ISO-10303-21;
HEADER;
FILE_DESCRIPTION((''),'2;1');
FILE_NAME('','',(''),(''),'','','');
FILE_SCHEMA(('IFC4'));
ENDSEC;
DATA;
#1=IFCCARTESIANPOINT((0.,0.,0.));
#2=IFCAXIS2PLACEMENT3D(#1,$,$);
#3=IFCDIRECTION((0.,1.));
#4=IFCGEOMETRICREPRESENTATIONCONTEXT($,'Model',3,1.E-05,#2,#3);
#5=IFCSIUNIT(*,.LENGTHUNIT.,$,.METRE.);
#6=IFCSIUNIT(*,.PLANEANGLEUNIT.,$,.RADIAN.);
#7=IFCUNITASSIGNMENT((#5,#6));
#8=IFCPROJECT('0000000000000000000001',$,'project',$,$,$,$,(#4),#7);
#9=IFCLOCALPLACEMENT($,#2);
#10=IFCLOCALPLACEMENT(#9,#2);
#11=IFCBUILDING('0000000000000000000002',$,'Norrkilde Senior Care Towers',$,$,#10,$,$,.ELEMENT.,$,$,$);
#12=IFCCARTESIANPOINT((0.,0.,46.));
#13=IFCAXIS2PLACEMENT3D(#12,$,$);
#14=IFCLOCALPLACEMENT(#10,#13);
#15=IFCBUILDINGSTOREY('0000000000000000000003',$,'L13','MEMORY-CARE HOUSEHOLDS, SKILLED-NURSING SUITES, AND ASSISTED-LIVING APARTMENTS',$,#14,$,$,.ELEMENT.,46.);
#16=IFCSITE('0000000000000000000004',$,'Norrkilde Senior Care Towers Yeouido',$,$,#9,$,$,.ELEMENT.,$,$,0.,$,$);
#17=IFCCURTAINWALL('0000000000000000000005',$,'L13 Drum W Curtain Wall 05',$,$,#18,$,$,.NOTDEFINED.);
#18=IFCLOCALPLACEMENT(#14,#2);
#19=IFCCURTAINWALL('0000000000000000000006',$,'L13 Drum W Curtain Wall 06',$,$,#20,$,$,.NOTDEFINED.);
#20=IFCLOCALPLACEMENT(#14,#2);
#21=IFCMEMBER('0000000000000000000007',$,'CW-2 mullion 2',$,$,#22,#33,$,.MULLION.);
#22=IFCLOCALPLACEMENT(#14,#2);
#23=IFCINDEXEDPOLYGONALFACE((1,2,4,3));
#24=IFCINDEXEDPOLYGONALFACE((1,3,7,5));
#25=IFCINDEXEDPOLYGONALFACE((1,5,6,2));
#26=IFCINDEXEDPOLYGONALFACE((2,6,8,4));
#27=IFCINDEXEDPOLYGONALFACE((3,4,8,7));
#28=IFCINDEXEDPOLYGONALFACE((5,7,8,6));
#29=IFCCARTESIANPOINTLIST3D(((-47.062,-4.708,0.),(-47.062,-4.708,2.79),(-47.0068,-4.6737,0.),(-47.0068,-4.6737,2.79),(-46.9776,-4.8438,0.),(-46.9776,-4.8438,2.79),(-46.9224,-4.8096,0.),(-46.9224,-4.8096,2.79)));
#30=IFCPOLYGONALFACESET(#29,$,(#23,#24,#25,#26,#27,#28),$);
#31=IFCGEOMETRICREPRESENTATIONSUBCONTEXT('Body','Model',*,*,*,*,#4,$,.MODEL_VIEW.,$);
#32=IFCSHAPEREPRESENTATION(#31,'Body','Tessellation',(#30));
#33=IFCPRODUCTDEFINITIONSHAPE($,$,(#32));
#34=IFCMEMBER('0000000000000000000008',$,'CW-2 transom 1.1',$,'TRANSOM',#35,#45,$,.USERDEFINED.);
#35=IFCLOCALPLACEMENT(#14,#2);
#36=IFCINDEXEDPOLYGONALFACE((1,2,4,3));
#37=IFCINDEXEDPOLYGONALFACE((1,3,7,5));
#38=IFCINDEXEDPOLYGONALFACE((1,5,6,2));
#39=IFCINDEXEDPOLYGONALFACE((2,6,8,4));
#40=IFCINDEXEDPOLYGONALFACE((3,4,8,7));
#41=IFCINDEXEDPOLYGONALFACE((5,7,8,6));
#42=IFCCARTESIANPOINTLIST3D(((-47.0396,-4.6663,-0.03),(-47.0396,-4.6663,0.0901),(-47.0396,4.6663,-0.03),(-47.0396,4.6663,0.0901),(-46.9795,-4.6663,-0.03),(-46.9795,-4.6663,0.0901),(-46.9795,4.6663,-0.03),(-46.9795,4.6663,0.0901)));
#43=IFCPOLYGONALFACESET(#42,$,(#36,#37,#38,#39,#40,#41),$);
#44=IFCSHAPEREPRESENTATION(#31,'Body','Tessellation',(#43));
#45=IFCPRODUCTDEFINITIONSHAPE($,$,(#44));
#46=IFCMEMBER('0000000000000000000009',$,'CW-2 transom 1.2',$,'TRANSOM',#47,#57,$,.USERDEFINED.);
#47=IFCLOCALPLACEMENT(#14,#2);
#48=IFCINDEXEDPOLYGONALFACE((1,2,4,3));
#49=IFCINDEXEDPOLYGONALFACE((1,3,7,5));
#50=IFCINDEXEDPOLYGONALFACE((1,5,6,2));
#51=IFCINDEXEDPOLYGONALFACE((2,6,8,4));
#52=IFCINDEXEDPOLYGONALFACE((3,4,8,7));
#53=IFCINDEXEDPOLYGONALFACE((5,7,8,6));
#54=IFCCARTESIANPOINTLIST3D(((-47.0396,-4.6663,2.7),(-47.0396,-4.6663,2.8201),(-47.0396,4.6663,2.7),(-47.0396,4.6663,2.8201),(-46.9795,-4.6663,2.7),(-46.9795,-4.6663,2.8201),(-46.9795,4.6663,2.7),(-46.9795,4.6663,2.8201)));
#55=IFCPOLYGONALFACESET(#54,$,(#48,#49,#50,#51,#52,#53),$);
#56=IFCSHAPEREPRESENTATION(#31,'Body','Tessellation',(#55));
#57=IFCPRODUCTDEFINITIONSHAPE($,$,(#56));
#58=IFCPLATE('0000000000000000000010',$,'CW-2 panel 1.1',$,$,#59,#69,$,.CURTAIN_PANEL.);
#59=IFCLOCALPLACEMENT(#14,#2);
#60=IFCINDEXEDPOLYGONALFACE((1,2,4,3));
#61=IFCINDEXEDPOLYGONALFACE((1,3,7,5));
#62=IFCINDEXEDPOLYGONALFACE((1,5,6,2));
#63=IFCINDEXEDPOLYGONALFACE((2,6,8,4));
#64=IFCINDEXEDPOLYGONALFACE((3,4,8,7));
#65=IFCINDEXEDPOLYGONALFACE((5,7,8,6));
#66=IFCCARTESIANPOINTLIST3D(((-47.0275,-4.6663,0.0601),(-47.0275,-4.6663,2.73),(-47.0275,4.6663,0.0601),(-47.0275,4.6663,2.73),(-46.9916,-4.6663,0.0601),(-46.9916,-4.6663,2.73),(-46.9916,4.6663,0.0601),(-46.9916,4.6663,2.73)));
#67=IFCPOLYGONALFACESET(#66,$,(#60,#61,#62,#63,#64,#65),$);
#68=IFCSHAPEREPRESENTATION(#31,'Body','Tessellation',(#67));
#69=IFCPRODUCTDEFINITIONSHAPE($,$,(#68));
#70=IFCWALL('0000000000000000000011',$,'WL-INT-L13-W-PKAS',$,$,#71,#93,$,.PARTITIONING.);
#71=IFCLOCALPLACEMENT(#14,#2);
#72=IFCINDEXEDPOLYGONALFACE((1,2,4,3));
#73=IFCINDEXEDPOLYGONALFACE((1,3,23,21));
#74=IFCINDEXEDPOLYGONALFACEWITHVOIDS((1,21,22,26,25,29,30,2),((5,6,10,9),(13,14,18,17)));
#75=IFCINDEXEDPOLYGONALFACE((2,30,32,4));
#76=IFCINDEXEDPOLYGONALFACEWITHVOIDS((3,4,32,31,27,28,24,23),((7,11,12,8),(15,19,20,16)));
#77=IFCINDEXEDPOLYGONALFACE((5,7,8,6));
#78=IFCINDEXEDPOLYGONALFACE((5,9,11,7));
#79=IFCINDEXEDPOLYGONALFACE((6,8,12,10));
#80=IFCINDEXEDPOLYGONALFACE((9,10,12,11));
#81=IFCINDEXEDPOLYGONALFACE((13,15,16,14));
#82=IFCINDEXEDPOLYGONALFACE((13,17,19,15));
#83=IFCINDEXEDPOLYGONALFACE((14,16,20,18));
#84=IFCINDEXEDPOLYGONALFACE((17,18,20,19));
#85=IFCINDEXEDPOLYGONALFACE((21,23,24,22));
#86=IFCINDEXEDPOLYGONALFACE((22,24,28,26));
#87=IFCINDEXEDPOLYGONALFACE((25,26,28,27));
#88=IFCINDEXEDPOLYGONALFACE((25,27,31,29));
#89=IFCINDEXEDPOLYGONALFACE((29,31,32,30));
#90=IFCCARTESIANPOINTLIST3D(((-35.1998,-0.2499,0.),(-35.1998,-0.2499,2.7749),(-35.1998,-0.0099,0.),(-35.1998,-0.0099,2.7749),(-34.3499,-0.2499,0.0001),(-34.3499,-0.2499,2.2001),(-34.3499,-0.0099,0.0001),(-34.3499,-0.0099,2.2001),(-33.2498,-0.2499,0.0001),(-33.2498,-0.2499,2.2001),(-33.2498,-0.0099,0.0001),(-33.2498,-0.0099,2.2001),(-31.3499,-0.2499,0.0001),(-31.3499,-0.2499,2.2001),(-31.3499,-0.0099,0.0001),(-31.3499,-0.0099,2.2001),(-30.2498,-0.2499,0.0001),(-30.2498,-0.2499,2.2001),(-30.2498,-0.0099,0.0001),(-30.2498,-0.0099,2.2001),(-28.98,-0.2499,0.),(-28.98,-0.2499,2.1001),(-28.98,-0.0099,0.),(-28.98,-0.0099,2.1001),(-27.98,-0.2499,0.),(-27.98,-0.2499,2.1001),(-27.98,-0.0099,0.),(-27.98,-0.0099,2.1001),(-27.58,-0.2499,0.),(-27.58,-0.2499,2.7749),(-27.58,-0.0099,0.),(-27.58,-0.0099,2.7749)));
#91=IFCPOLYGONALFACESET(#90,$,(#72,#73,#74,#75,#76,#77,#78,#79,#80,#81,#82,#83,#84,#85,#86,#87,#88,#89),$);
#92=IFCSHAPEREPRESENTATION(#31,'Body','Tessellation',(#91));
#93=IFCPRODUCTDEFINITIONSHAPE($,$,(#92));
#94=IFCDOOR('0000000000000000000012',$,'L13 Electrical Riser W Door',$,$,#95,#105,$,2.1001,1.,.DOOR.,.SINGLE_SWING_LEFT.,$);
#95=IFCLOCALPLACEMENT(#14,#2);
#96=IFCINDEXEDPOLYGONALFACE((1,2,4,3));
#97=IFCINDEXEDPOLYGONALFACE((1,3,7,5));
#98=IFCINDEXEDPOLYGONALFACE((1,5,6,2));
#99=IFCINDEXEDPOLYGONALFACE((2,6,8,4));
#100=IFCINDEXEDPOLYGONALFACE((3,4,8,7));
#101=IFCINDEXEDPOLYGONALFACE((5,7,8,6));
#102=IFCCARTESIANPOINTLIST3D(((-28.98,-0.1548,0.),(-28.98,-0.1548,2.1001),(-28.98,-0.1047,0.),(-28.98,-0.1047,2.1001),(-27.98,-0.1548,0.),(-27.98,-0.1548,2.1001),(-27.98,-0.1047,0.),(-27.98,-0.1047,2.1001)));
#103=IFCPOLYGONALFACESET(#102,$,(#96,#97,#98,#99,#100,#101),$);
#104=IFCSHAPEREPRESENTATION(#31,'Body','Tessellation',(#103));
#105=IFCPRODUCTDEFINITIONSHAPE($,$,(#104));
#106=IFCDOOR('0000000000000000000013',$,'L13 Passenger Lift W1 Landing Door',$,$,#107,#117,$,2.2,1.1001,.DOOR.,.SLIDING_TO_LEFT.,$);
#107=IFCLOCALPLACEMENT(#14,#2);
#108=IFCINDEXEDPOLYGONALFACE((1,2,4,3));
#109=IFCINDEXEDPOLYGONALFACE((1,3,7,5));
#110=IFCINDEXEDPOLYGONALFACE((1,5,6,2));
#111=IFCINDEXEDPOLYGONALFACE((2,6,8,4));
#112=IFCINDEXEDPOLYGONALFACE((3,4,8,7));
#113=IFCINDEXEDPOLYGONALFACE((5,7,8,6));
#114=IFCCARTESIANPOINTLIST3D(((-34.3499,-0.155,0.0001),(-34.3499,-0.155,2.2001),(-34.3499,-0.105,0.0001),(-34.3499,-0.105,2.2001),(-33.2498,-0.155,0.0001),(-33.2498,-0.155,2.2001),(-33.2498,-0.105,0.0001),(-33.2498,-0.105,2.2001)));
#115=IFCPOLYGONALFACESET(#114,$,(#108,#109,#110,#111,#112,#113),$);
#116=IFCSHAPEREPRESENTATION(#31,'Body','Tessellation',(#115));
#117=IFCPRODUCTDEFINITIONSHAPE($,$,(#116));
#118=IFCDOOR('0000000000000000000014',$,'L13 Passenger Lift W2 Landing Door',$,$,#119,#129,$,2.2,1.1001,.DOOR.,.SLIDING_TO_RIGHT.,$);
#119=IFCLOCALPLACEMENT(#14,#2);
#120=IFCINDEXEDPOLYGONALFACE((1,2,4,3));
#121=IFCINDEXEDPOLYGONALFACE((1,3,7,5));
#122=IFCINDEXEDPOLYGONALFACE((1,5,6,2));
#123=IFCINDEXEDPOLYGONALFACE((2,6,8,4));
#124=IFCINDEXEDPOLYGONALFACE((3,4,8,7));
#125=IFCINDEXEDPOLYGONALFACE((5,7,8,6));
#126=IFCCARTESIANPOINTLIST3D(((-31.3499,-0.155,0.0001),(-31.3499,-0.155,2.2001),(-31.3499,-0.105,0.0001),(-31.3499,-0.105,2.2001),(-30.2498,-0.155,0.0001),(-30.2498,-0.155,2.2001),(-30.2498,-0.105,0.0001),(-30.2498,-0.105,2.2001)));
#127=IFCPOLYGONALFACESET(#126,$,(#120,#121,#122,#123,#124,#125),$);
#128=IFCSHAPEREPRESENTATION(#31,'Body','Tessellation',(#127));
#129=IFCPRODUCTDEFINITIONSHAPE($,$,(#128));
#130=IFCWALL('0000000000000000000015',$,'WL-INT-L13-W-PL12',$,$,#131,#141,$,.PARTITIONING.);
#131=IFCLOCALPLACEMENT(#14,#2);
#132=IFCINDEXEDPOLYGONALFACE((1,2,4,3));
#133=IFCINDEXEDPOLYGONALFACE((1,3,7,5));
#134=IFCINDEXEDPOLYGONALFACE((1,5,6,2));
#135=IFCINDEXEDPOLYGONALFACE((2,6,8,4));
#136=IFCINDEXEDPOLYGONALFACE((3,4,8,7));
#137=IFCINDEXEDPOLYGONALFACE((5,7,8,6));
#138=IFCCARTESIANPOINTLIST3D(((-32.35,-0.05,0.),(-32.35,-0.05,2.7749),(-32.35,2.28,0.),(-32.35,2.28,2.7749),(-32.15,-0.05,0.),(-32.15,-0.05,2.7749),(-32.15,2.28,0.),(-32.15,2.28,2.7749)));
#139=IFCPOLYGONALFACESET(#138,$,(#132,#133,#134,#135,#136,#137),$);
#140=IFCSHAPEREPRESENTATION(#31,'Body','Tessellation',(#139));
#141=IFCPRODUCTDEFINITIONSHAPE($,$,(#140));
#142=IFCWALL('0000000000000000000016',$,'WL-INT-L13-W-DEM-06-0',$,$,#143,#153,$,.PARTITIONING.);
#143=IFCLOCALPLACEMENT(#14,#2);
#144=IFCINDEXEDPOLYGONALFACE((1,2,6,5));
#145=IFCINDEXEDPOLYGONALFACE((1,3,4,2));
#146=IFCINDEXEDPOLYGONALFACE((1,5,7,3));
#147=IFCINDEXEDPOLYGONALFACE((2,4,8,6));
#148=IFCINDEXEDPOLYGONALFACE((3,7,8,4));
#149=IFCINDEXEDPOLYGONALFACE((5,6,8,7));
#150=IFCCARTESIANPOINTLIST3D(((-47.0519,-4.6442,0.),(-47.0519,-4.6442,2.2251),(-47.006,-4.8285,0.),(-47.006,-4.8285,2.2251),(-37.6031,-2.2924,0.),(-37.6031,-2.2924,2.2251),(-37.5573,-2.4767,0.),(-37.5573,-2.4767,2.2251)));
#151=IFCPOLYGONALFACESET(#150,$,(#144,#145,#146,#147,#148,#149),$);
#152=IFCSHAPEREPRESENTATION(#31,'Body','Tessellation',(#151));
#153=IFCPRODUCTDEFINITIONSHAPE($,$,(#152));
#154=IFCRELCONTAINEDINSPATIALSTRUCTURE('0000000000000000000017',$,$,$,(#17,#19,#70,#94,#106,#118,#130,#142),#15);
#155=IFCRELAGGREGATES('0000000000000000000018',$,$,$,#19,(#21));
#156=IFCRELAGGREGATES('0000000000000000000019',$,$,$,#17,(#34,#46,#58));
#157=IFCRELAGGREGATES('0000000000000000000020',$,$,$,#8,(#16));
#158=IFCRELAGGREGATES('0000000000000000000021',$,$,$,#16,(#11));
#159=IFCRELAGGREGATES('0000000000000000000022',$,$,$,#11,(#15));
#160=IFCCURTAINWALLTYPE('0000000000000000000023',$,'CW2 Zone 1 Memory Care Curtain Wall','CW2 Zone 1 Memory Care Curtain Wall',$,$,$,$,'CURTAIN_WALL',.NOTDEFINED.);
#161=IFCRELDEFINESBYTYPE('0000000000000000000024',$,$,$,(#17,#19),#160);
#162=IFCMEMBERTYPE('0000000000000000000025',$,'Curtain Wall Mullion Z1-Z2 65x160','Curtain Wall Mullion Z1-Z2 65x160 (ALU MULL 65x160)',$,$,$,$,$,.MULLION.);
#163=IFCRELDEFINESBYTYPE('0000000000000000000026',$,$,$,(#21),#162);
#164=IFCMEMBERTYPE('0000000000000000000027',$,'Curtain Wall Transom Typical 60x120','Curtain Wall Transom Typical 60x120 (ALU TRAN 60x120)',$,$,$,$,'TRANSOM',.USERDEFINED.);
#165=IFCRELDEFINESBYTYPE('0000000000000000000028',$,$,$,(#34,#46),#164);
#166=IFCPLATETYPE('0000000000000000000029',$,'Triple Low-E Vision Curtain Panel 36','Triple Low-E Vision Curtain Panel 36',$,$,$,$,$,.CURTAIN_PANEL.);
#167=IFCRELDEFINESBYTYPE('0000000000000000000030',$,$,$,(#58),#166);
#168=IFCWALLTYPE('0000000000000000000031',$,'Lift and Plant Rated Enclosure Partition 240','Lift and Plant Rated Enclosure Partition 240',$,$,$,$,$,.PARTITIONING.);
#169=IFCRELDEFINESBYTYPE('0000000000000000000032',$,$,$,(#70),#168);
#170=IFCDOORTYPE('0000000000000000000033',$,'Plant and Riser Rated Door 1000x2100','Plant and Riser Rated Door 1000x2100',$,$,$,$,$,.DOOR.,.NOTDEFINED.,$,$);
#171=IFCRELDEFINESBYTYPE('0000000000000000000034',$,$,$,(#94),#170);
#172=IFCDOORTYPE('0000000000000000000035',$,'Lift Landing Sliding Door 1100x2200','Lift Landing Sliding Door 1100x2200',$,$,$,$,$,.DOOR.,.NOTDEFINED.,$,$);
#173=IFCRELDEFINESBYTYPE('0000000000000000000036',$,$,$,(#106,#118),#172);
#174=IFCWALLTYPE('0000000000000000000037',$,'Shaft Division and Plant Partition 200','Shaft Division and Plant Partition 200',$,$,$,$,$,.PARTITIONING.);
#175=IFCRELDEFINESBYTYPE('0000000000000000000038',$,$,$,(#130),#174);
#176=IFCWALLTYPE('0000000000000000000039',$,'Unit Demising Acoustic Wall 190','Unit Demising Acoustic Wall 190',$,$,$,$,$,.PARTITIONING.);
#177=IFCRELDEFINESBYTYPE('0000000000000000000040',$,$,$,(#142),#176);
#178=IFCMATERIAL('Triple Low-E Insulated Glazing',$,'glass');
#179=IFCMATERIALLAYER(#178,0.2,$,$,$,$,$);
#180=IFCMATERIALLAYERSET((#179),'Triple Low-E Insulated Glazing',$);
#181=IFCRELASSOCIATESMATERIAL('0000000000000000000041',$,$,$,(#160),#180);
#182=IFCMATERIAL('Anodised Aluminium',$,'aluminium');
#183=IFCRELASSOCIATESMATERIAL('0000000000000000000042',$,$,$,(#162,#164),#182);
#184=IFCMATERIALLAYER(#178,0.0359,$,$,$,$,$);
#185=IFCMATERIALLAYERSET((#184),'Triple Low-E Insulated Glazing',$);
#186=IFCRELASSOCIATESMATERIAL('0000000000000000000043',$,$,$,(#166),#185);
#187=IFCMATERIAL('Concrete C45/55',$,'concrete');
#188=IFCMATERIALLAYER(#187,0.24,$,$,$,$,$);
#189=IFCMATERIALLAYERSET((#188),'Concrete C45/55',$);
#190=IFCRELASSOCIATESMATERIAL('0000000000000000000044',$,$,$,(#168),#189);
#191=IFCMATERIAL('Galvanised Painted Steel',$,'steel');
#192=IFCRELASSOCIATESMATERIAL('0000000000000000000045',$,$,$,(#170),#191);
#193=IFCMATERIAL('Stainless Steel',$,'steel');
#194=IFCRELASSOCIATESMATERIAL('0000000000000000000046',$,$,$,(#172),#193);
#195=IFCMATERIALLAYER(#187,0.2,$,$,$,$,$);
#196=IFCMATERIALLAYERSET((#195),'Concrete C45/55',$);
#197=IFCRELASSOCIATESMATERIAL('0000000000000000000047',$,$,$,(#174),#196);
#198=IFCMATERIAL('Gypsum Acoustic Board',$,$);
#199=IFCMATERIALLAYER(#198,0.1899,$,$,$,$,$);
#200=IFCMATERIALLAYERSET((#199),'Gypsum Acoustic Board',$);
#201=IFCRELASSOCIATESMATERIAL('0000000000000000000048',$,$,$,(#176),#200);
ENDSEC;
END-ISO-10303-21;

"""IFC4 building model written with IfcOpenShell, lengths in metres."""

from ifc_helpers import new_model, si_unit, direction, frame, frame_2d, origin, origin_2d, place, context, subcontext, project, spatial, rectangle, extrude, source, transform, mapped, material, layer, layer_set, material_profile, profile_set, type_object, type_shapes, element, fill, aggregate, save


model = new_model("IFC4")

# Units and contexts
model_context = context("Model", 3, precision=1e-05, world=origin(), true_north=direction((0.0, 1.0)))
body_context = subcontext(model_context, "Body", "Model", "MODEL_VIEW")
ifc_project = project(units=[si_unit("LENGTHUNIT", "METRE"), si_unit("PLANEANGLEUNIT", "RADIAN")], contexts=[model_context])

# Site, building, storey
site_placement = place(None, origin())
site = spatial("IfcSite", under=ifc_project, at=site_placement, Name="Norrkilde Senior Care Towers Yeouido", CompositionType="ELEMENT", RefElevation=0.0)
building_placement = place(site_placement, origin())
building = spatial("IfcBuilding", under=site, at=building_placement, Name="Norrkilde Senior Care Towers", CompositionType="ELEMENT")
storey_placement = place(building_placement, frame((0.0, 0.0, 46.0)))
storey = spatial("IfcBuildingStorey", under=building, at=storey_placement, Name="L13", Description="MEMORY-CARE HOUSEHOLDS, SKILLED-NURSING SUITES, AND ASSISTED-LIVING APARTMENTS", CompositionType="ELEMENT", Elevation=46.0)

# Curtain walls, member
ifc_material_1 = material(Name="Triple Low-E Insulated Glazing", Category="glass")
ifc_layer_1 = layer(ifc_material_1, 0.2)
ifc_layer_set_1 = layer_set([ifc_layer_1], Name="Triple Low-E Insulated Glazing")
curtain_wall_type = type_object("IfcCurtainWallType", Name="CW2 Zone 1 Memory Care Curtain Wall", Description="CW2 Zone 1 Memory Care Curtain Wall", ElementType="CURTAIN_WALL", PredefinedType="NOTDEFINED", material=ifc_layer_set_1)
curtain_wall_1_placement = place(storey_placement, origin())
curtain_wall_1 = element("IfcCurtainWall", 1, at=curtain_wall_1_placement, inside=storey, type_object=curtain_wall_type, Name="L13 Drum W Curtain Wall 05", PredefinedType="NOTDEFINED")
ifc_material_2 = material(Name="Anodised Aluminium", Category="aluminium")
ifc_material_profile_1 = material_profile(ifc_material_2, rectangle(XDim=0.0649, YDim=0.1599, at=origin_2d()), Name="ALU MULL 65x160")
ifc_profile_set_1 = profile_set([ifc_material_profile_1], Name="Anodised Aluminium")
member_type_1 = type_object("IfcMemberType", Name="Curtain Wall Mullion Z1-Z2 65x160", Description="Curtain Wall Mullion Z1-Z2 65x160 (ALU MULL 65x160)", PredefinedType="MULLION", material=ifc_profile_set_1)
shared_shape_1 = source(origin(), body_context, "Body", "SweptSolid", [
    extrude(rectangle(XDim=0.0649, YDim=0.1599, at=origin_2d()), origin(), (0.0, 0.0, 1.0), 2.79),
])
type_shapes(member_type_1, [shared_shape_1])
curtain_wall_2_placement = place(storey_placement, origin())
curtain_wall_2 = element("IfcCurtainWall", 2, at=curtain_wall_2_placement, inside=storey, type_object=curtain_wall_type, Name="L13 Drum W Curtain Wall 06", PredefinedType="NOTDEFINED")
member_1_placement = place(storey_placement, frame((-46.9922, -4.7588, 0.0), z_axis=(0.0, 0.0, 1.0), x_axis=(-0.849306, -0.527901, 0.0)))
member_1 = element("IfcMember", 3, at=member_1_placement, type_object=member_type_1, Name="CW-2 mullion 2", PredefinedType="MULLION", context=body_context, shape_type="MappedRepresentation", body=[
    mapped(shared_shape_1, transform((0.0, 0.0, 0.0), x_axis=(1.0, 0.0, 0.0), y_axis=(0.0, 1.0, 0.0), z_axis=(0.0, 0.0, 1.0), scale=1.0)),
])
aggregate(curtain_wall_2, [member_1])

# Members
ifc_material_profile_2 = material_profile(ifc_material_2, rectangle(XDim=0.0601, YDim=0.1201, at=origin_2d()), Name="ALU TRAN 60x120")
ifc_profile_set_2 = profile_set([ifc_material_profile_2], Name="Anodised Aluminium")
member_type_2 = type_object("IfcMemberType", Name="Curtain Wall Transom Typical 60x120", Description="Curtain Wall Transom Typical 60x120 (ALU TRAN 60x120)", ElementType="TRANSOM", PredefinedType="USERDEFINED", material=ifc_profile_set_2)
shared_shape_2 = source(origin(), body_context, "Body", "SweptSolid", [
    extrude(rectangle(XDim=0.0601, YDim=0.1201, at=origin_2d()), origin(), (0.0, 0.0, 1.0), 9.3325),
])
type_shapes(member_type_2, [shared_shape_2])
member_2_placement = place(storey_placement, frame((-47.0095, -4.6663, 0.03), z_axis=(0.0, 1.0, 0.0), x_axis=(-1.0, 0.0, 0.0)))
member_2 = element("IfcMember", 4, at=member_2_placement, type_object=member_type_2, Name="CW-2 transom 1.1", ObjectType="TRANSOM", PredefinedType="USERDEFINED", context=body_context, shape_type="MappedRepresentation", body=[
    mapped(shared_shape_2, transform((0.0, 0.0, 0.0), x_axis=(1.0, 0.0, 0.0), y_axis=(0.0, 1.0, 0.0), z_axis=(0.0, 0.0, 1.0), scale=1.0)),
])
member_3_placement = place(storey_placement, frame((-47.0095, -4.6663, 2.76), z_axis=(0.0, 1.0, 0.0), x_axis=(-1.0, 0.0, 0.0)))
member_3 = element("IfcMember", 5, at=member_3_placement, type_object=member_type_2, Name="CW-2 transom 1.2", ObjectType="TRANSOM", PredefinedType="USERDEFINED", context=body_context, shape_type="MappedRepresentation", body=[
    mapped(shared_shape_2, transform((0.0, 0.0, 0.0), x_axis=(1.0, 0.0, 0.0), y_axis=(0.0, 1.0, 0.0), z_axis=(0.0, 0.0, 1.0), scale=1.0)),
])

# Plate
ifc_layer_2 = layer(ifc_material_1, 0.0359)
ifc_layer_set_2 = layer_set([ifc_layer_2], Name="Triple Low-E Insulated Glazing")
plate_type = type_object("IfcPlateType", Name="Triple Low-E Vision Curtain Panel 36", Description="Triple Low-E Vision Curtain Panel 36", PredefinedType="CURTAIN_PANEL", material=ifc_layer_set_2)
shared_shape_3 = source(origin(), body_context, "Body", "SweptSolid", [
    extrude(rectangle(XDim=9.3325, YDim=0.0359, at=origin_2d()), origin(), (0.0, 0.0, 1.0), 2.6699),
])
type_shapes(plate_type, [shared_shape_3])
plate_placement = place(storey_placement, frame((-47.0095, 0.0, 0.0601), z_axis=(0.0, 0.0, 1.0), x_axis=(0.0, 1.0, 0.0)))
plate = element("IfcPlate", 6, at=plate_placement, type_object=plate_type, Name="CW-2 panel 1.1", PredefinedType="CURTAIN_PANEL", context=body_context, shape_type="MappedRepresentation", body=[
    mapped(shared_shape_3, transform((0.0, 0.0, 0.0), x_axis=(1.0, 0.0, 0.0), y_axis=(0.0, 1.0, 0.0), z_axis=(0.0, 0.0, 1.0), scale=1.0)),
])
aggregate(curtain_wall_1, [member_2, member_3, plate])

# Shared definitions
ifc_material_3 = material(Name="Galvanised Painted Steel", Category="steel")

# Wall, openings, doors
ifc_material_4 = material(Name="Concrete C45/55", Category="concrete")
ifc_layer_3 = layer(ifc_material_4, 0.24)
ifc_layer_set_3 = layer_set([ifc_layer_3], Name="Concrete C45/55")
wall_type_1 = type_object("IfcWallType", Name="Lift and Plant Rated Enclosure Partition 240", Description="Lift and Plant Rated Enclosure Partition 240", PredefinedType="PARTITIONING", material=ifc_layer_set_3)
shared_shape_4 = source(origin(), body_context, "Body", "SweptSolid", [
    extrude(rectangle(XDim=7.6199, YDim=0.24, at=frame_2d((3.8101, 0.0))), origin(), (0.0, 0.0, 1.0), 2.7749),
])
type_shapes(wall_type_1, [shared_shape_4])
wall_1_placement = place(storey_placement, frame((-35.2, -0.1299, 0.0), z_axis=(0.0, 0.0, 1.0), x_axis=(1.0, 0.0, 0.0)))
wall_1 = element("IfcWall", 7, at=wall_1_placement, inside=storey, type_object=wall_type_1, Name="WL-INT-L13-W-PKAS", PredefinedType="PARTITIONING", context=body_context, shape_type="MappedRepresentation", body=[
    mapped(shared_shape_4, transform((0.0, 0.0, 0.0), x_axis=(1.0, 0.0, 0.0), y_axis=(0.0, 1.0, 0.0), z_axis=(0.0, 0.0, 1.0), scale=1.0)),
])
opening_1_placement = place(wall_1_placement, frame((6.22, 0.0, 0.0)))
opening_1 = element("IfcOpeningElement", 8, at=opening_1_placement, cuts=wall_1, PredefinedType="OPENING", context=body_context, shape_type="SweptSolid", body=[
    extrude(rectangle(XDim=1.0, YDim=2.1001, at=frame_2d((0.5, 1.05))), frame((0.0, 0.1299, 0.0), z_axis=(0.0, -1.0, 0.0), x_axis=(1.0, 0.0, 0.0)), (0.0, 0.0, 1.0), 0.26),
])
opening_2_placement = place(wall_1_placement, frame((0.8501, 0.0, 0.0)))
opening_2 = element("IfcOpeningElement", 9, at=opening_2_placement, cuts=wall_1, PredefinedType="OPENING", context=body_context, shape_type="SweptSolid", body=[
    extrude(rectangle(XDim=1.1001, YDim=2.2, at=frame_2d((0.55, 1.1001))), frame((0.0, 0.1299, 0.0), z_axis=(0.0, -1.0, 0.0), x_axis=(1.0, 0.0, 0.0)), (0.0, 0.0, 1.0), 0.26),
])
opening_3_placement = place(wall_1_placement, frame((3.8501, 0.0, 0.0)))
opening_3 = element("IfcOpeningElement", 10, at=opening_3_placement, cuts=wall_1, PredefinedType="OPENING", context=body_context, shape_type="SweptSolid", body=[
    extrude(rectangle(XDim=1.1001, YDim=2.2, at=frame_2d((0.55, 1.1001))), frame((0.0, 0.1299, 0.0), z_axis=(0.0, -1.0, 0.0), x_axis=(1.0, 0.0, 0.0)), (0.0, 0.0, 1.0), 0.26),
])
door_type_1 = type_object("IfcDoorType", Name="Plant and Riser Rated Door 1000x2100", Description="Plant and Riser Rated Door 1000x2100", OperationType="NOTDEFINED", PredefinedType="DOOR", material=ifc_material_3)
shared_shape_5 = source(origin(), body_context, "Body", "SweptSolid", [
    extrude(rectangle(XDim=1.0, YDim=2.1001, at=frame_2d((0.5, 1.05))), frame((0.0, 0.0249, 0.0), z_axis=(0.0, -1.0, 0.0), x_axis=(1.0, 0.0, 0.0)), (0.0, 0.0, 1.0), 0.05),
])
type_shapes(door_type_1, [shared_shape_5])
door_1_placement = place(opening_1_placement, frame((1.0, 0.0, 0.0), z_axis=(0.0, 0.0, 1.0), x_axis=(-1.0, 0.0, 0.0)))
door_1 = element("IfcDoor", 11, at=door_1_placement, inside=storey, type_object=door_type_1, Name="L13 Electrical Riser W Door", OperationType="SINGLE_SWING_LEFT", OverallHeight=2.1001, OverallWidth=1.0, PredefinedType="DOOR", context=body_context, shape_type="MappedRepresentation", body=[
    mapped(shared_shape_5, transform((0.0, 0.0, 0.0), x_axis=(1.0, 0.0, 0.0), y_axis=(0.0, 1.0, 0.0), z_axis=(0.0, 0.0, 1.0), scale=1.0)),
])
fill(opening_1, door_1)
ifc_material_5 = material(Name="Stainless Steel", Category="steel")
door_type_2 = type_object("IfcDoorType", Name="Lift Landing Sliding Door 1100x2200", Description="Lift Landing Sliding Door 1100x2200", OperationType="NOTDEFINED", PredefinedType="DOOR", material=ifc_material_5)
shared_shape_6 = source(origin(), body_context, "Body", "SweptSolid", [
    extrude(rectangle(XDim=1.1001, YDim=2.2, at=frame_2d((0.55, 1.1001))), frame((0.0, 0.0249, 0.0), z_axis=(0.0, -1.0, 0.0), x_axis=(1.0, 0.0, 0.0)), (0.0, 0.0, 1.0), 0.05),
])
type_shapes(door_type_2, [shared_shape_6])
door_2_placement = place(opening_2_placement, origin())
door_2 = element("IfcDoor", 12, at=door_2_placement, inside=storey, type_object=door_type_2, Name="L13 Passenger Lift W1 Landing Door", OperationType="SLIDING_TO_LEFT", OverallHeight=2.2, OverallWidth=1.1001, PredefinedType="DOOR", context=body_context, shape_type="MappedRepresentation", body=[
    mapped(shared_shape_6, transform((0.0, 0.0, 0.0), x_axis=(1.0, 0.0, 0.0), y_axis=(0.0, 1.0, 0.0), z_axis=(0.0, 0.0, 1.0), scale=1.0)),
])
fill(opening_2, door_2)
door_3_placement = place(opening_3_placement, origin())
door_3 = element("IfcDoor", 13, at=door_3_placement, inside=storey, type_object=door_type_2, Name="L13 Passenger Lift W2 Landing Door", OperationType="SLIDING_TO_RIGHT", OverallHeight=2.2, OverallWidth=1.1001, PredefinedType="DOOR", context=body_context, shape_type="MappedRepresentation", body=[
    mapped(shared_shape_6, transform((0.0, 0.0, 0.0), x_axis=(1.0, 0.0, 0.0), y_axis=(0.0, 1.0, 0.0), z_axis=(0.0, 0.0, 1.0), scale=1.0)),
])
fill(opening_3, door_3)

# Wall
ifc_layer_4 = layer(ifc_material_4, 0.2)
ifc_layer_set_4 = layer_set([ifc_layer_4], Name="Concrete C45/55")
wall_type_2 = type_object("IfcWallType", Name="Shaft Division and Plant Partition 200", Description="Shaft Division and Plant Partition 200", PredefinedType="PARTITIONING", material=ifc_layer_set_4)
shared_shape_7 = source(origin(), body_context, "Body", "SweptSolid", [
    extrude(rectangle(XDim=2.3301, YDim=0.2, at=frame_2d((1.165, 0.0))), origin(), (0.0, 0.0, 1.0), 2.7749),
])
type_shapes(wall_type_2, [shared_shape_7])
wall_2_placement = place(storey_placement, frame((-32.25, -0.05, 0.0), z_axis=(0.0, 0.0, 1.0), x_axis=(0.0, 1.0, 0.0)))
element("IfcWall", 14, at=wall_2_placement, inside=storey, type_object=wall_type_2, Name="WL-INT-L13-W-PL12", PredefinedType="PARTITIONING", context=body_context, shape_type="MappedRepresentation", body=[
    mapped(shared_shape_7, transform((0.0, 0.0, 0.0), x_axis=(1.0, 0.0, 0.0), y_axis=(0.0, 1.0, 0.0), z_axis=(0.0, 0.0, 1.0), scale=1.0)),
])

# Wall
ifc_material_6 = material(Name="Gypsum Acoustic Board")
ifc_layer_5 = layer(ifc_material_6, 0.1899)
ifc_layer_set_5 = layer_set([ifc_layer_5], Name="Gypsum Acoustic Board")
wall_type_3 = type_object("IfcWallType", Name="Unit Demising Acoustic Wall 190", Description="Unit Demising Acoustic Wall 190", PredefinedType="PARTITIONING", material=ifc_layer_set_5)
shared_shape_8 = source(origin(), body_context, "Body", "SweptSolid", [
    extrude(rectangle(XDim=9.7371, YDim=0.1899, at=frame_2d((4.8687, 0.0))), origin(), (0.0, 0.0, 1.0), 2.2251),
])
wall_3_placement = place(storey_placement, frame((-37.5801, -2.3845, 0.0), z_axis=(0.0, 0.0, 1.0), x_axis=(-0.970393, -0.241533, 0.0)))
element("IfcWall", 15, at=wall_3_placement, inside=storey, type_object=wall_type_3, Name="WL-INT-L13-W-DEM-06-0", PredefinedType="PARTITIONING", context=body_context, shape_type="MappedRepresentation", body=[
    mapped(shared_shape_8, transform((0.0, 0.0, 0.0), x_axis=(1.0, 0.0, 0.0), y_axis=(0.0, 1.0, 0.0), z_axis=(0.0, 0.0, 1.0), scale=1.0)),
])

save(model, "model.ifc")
